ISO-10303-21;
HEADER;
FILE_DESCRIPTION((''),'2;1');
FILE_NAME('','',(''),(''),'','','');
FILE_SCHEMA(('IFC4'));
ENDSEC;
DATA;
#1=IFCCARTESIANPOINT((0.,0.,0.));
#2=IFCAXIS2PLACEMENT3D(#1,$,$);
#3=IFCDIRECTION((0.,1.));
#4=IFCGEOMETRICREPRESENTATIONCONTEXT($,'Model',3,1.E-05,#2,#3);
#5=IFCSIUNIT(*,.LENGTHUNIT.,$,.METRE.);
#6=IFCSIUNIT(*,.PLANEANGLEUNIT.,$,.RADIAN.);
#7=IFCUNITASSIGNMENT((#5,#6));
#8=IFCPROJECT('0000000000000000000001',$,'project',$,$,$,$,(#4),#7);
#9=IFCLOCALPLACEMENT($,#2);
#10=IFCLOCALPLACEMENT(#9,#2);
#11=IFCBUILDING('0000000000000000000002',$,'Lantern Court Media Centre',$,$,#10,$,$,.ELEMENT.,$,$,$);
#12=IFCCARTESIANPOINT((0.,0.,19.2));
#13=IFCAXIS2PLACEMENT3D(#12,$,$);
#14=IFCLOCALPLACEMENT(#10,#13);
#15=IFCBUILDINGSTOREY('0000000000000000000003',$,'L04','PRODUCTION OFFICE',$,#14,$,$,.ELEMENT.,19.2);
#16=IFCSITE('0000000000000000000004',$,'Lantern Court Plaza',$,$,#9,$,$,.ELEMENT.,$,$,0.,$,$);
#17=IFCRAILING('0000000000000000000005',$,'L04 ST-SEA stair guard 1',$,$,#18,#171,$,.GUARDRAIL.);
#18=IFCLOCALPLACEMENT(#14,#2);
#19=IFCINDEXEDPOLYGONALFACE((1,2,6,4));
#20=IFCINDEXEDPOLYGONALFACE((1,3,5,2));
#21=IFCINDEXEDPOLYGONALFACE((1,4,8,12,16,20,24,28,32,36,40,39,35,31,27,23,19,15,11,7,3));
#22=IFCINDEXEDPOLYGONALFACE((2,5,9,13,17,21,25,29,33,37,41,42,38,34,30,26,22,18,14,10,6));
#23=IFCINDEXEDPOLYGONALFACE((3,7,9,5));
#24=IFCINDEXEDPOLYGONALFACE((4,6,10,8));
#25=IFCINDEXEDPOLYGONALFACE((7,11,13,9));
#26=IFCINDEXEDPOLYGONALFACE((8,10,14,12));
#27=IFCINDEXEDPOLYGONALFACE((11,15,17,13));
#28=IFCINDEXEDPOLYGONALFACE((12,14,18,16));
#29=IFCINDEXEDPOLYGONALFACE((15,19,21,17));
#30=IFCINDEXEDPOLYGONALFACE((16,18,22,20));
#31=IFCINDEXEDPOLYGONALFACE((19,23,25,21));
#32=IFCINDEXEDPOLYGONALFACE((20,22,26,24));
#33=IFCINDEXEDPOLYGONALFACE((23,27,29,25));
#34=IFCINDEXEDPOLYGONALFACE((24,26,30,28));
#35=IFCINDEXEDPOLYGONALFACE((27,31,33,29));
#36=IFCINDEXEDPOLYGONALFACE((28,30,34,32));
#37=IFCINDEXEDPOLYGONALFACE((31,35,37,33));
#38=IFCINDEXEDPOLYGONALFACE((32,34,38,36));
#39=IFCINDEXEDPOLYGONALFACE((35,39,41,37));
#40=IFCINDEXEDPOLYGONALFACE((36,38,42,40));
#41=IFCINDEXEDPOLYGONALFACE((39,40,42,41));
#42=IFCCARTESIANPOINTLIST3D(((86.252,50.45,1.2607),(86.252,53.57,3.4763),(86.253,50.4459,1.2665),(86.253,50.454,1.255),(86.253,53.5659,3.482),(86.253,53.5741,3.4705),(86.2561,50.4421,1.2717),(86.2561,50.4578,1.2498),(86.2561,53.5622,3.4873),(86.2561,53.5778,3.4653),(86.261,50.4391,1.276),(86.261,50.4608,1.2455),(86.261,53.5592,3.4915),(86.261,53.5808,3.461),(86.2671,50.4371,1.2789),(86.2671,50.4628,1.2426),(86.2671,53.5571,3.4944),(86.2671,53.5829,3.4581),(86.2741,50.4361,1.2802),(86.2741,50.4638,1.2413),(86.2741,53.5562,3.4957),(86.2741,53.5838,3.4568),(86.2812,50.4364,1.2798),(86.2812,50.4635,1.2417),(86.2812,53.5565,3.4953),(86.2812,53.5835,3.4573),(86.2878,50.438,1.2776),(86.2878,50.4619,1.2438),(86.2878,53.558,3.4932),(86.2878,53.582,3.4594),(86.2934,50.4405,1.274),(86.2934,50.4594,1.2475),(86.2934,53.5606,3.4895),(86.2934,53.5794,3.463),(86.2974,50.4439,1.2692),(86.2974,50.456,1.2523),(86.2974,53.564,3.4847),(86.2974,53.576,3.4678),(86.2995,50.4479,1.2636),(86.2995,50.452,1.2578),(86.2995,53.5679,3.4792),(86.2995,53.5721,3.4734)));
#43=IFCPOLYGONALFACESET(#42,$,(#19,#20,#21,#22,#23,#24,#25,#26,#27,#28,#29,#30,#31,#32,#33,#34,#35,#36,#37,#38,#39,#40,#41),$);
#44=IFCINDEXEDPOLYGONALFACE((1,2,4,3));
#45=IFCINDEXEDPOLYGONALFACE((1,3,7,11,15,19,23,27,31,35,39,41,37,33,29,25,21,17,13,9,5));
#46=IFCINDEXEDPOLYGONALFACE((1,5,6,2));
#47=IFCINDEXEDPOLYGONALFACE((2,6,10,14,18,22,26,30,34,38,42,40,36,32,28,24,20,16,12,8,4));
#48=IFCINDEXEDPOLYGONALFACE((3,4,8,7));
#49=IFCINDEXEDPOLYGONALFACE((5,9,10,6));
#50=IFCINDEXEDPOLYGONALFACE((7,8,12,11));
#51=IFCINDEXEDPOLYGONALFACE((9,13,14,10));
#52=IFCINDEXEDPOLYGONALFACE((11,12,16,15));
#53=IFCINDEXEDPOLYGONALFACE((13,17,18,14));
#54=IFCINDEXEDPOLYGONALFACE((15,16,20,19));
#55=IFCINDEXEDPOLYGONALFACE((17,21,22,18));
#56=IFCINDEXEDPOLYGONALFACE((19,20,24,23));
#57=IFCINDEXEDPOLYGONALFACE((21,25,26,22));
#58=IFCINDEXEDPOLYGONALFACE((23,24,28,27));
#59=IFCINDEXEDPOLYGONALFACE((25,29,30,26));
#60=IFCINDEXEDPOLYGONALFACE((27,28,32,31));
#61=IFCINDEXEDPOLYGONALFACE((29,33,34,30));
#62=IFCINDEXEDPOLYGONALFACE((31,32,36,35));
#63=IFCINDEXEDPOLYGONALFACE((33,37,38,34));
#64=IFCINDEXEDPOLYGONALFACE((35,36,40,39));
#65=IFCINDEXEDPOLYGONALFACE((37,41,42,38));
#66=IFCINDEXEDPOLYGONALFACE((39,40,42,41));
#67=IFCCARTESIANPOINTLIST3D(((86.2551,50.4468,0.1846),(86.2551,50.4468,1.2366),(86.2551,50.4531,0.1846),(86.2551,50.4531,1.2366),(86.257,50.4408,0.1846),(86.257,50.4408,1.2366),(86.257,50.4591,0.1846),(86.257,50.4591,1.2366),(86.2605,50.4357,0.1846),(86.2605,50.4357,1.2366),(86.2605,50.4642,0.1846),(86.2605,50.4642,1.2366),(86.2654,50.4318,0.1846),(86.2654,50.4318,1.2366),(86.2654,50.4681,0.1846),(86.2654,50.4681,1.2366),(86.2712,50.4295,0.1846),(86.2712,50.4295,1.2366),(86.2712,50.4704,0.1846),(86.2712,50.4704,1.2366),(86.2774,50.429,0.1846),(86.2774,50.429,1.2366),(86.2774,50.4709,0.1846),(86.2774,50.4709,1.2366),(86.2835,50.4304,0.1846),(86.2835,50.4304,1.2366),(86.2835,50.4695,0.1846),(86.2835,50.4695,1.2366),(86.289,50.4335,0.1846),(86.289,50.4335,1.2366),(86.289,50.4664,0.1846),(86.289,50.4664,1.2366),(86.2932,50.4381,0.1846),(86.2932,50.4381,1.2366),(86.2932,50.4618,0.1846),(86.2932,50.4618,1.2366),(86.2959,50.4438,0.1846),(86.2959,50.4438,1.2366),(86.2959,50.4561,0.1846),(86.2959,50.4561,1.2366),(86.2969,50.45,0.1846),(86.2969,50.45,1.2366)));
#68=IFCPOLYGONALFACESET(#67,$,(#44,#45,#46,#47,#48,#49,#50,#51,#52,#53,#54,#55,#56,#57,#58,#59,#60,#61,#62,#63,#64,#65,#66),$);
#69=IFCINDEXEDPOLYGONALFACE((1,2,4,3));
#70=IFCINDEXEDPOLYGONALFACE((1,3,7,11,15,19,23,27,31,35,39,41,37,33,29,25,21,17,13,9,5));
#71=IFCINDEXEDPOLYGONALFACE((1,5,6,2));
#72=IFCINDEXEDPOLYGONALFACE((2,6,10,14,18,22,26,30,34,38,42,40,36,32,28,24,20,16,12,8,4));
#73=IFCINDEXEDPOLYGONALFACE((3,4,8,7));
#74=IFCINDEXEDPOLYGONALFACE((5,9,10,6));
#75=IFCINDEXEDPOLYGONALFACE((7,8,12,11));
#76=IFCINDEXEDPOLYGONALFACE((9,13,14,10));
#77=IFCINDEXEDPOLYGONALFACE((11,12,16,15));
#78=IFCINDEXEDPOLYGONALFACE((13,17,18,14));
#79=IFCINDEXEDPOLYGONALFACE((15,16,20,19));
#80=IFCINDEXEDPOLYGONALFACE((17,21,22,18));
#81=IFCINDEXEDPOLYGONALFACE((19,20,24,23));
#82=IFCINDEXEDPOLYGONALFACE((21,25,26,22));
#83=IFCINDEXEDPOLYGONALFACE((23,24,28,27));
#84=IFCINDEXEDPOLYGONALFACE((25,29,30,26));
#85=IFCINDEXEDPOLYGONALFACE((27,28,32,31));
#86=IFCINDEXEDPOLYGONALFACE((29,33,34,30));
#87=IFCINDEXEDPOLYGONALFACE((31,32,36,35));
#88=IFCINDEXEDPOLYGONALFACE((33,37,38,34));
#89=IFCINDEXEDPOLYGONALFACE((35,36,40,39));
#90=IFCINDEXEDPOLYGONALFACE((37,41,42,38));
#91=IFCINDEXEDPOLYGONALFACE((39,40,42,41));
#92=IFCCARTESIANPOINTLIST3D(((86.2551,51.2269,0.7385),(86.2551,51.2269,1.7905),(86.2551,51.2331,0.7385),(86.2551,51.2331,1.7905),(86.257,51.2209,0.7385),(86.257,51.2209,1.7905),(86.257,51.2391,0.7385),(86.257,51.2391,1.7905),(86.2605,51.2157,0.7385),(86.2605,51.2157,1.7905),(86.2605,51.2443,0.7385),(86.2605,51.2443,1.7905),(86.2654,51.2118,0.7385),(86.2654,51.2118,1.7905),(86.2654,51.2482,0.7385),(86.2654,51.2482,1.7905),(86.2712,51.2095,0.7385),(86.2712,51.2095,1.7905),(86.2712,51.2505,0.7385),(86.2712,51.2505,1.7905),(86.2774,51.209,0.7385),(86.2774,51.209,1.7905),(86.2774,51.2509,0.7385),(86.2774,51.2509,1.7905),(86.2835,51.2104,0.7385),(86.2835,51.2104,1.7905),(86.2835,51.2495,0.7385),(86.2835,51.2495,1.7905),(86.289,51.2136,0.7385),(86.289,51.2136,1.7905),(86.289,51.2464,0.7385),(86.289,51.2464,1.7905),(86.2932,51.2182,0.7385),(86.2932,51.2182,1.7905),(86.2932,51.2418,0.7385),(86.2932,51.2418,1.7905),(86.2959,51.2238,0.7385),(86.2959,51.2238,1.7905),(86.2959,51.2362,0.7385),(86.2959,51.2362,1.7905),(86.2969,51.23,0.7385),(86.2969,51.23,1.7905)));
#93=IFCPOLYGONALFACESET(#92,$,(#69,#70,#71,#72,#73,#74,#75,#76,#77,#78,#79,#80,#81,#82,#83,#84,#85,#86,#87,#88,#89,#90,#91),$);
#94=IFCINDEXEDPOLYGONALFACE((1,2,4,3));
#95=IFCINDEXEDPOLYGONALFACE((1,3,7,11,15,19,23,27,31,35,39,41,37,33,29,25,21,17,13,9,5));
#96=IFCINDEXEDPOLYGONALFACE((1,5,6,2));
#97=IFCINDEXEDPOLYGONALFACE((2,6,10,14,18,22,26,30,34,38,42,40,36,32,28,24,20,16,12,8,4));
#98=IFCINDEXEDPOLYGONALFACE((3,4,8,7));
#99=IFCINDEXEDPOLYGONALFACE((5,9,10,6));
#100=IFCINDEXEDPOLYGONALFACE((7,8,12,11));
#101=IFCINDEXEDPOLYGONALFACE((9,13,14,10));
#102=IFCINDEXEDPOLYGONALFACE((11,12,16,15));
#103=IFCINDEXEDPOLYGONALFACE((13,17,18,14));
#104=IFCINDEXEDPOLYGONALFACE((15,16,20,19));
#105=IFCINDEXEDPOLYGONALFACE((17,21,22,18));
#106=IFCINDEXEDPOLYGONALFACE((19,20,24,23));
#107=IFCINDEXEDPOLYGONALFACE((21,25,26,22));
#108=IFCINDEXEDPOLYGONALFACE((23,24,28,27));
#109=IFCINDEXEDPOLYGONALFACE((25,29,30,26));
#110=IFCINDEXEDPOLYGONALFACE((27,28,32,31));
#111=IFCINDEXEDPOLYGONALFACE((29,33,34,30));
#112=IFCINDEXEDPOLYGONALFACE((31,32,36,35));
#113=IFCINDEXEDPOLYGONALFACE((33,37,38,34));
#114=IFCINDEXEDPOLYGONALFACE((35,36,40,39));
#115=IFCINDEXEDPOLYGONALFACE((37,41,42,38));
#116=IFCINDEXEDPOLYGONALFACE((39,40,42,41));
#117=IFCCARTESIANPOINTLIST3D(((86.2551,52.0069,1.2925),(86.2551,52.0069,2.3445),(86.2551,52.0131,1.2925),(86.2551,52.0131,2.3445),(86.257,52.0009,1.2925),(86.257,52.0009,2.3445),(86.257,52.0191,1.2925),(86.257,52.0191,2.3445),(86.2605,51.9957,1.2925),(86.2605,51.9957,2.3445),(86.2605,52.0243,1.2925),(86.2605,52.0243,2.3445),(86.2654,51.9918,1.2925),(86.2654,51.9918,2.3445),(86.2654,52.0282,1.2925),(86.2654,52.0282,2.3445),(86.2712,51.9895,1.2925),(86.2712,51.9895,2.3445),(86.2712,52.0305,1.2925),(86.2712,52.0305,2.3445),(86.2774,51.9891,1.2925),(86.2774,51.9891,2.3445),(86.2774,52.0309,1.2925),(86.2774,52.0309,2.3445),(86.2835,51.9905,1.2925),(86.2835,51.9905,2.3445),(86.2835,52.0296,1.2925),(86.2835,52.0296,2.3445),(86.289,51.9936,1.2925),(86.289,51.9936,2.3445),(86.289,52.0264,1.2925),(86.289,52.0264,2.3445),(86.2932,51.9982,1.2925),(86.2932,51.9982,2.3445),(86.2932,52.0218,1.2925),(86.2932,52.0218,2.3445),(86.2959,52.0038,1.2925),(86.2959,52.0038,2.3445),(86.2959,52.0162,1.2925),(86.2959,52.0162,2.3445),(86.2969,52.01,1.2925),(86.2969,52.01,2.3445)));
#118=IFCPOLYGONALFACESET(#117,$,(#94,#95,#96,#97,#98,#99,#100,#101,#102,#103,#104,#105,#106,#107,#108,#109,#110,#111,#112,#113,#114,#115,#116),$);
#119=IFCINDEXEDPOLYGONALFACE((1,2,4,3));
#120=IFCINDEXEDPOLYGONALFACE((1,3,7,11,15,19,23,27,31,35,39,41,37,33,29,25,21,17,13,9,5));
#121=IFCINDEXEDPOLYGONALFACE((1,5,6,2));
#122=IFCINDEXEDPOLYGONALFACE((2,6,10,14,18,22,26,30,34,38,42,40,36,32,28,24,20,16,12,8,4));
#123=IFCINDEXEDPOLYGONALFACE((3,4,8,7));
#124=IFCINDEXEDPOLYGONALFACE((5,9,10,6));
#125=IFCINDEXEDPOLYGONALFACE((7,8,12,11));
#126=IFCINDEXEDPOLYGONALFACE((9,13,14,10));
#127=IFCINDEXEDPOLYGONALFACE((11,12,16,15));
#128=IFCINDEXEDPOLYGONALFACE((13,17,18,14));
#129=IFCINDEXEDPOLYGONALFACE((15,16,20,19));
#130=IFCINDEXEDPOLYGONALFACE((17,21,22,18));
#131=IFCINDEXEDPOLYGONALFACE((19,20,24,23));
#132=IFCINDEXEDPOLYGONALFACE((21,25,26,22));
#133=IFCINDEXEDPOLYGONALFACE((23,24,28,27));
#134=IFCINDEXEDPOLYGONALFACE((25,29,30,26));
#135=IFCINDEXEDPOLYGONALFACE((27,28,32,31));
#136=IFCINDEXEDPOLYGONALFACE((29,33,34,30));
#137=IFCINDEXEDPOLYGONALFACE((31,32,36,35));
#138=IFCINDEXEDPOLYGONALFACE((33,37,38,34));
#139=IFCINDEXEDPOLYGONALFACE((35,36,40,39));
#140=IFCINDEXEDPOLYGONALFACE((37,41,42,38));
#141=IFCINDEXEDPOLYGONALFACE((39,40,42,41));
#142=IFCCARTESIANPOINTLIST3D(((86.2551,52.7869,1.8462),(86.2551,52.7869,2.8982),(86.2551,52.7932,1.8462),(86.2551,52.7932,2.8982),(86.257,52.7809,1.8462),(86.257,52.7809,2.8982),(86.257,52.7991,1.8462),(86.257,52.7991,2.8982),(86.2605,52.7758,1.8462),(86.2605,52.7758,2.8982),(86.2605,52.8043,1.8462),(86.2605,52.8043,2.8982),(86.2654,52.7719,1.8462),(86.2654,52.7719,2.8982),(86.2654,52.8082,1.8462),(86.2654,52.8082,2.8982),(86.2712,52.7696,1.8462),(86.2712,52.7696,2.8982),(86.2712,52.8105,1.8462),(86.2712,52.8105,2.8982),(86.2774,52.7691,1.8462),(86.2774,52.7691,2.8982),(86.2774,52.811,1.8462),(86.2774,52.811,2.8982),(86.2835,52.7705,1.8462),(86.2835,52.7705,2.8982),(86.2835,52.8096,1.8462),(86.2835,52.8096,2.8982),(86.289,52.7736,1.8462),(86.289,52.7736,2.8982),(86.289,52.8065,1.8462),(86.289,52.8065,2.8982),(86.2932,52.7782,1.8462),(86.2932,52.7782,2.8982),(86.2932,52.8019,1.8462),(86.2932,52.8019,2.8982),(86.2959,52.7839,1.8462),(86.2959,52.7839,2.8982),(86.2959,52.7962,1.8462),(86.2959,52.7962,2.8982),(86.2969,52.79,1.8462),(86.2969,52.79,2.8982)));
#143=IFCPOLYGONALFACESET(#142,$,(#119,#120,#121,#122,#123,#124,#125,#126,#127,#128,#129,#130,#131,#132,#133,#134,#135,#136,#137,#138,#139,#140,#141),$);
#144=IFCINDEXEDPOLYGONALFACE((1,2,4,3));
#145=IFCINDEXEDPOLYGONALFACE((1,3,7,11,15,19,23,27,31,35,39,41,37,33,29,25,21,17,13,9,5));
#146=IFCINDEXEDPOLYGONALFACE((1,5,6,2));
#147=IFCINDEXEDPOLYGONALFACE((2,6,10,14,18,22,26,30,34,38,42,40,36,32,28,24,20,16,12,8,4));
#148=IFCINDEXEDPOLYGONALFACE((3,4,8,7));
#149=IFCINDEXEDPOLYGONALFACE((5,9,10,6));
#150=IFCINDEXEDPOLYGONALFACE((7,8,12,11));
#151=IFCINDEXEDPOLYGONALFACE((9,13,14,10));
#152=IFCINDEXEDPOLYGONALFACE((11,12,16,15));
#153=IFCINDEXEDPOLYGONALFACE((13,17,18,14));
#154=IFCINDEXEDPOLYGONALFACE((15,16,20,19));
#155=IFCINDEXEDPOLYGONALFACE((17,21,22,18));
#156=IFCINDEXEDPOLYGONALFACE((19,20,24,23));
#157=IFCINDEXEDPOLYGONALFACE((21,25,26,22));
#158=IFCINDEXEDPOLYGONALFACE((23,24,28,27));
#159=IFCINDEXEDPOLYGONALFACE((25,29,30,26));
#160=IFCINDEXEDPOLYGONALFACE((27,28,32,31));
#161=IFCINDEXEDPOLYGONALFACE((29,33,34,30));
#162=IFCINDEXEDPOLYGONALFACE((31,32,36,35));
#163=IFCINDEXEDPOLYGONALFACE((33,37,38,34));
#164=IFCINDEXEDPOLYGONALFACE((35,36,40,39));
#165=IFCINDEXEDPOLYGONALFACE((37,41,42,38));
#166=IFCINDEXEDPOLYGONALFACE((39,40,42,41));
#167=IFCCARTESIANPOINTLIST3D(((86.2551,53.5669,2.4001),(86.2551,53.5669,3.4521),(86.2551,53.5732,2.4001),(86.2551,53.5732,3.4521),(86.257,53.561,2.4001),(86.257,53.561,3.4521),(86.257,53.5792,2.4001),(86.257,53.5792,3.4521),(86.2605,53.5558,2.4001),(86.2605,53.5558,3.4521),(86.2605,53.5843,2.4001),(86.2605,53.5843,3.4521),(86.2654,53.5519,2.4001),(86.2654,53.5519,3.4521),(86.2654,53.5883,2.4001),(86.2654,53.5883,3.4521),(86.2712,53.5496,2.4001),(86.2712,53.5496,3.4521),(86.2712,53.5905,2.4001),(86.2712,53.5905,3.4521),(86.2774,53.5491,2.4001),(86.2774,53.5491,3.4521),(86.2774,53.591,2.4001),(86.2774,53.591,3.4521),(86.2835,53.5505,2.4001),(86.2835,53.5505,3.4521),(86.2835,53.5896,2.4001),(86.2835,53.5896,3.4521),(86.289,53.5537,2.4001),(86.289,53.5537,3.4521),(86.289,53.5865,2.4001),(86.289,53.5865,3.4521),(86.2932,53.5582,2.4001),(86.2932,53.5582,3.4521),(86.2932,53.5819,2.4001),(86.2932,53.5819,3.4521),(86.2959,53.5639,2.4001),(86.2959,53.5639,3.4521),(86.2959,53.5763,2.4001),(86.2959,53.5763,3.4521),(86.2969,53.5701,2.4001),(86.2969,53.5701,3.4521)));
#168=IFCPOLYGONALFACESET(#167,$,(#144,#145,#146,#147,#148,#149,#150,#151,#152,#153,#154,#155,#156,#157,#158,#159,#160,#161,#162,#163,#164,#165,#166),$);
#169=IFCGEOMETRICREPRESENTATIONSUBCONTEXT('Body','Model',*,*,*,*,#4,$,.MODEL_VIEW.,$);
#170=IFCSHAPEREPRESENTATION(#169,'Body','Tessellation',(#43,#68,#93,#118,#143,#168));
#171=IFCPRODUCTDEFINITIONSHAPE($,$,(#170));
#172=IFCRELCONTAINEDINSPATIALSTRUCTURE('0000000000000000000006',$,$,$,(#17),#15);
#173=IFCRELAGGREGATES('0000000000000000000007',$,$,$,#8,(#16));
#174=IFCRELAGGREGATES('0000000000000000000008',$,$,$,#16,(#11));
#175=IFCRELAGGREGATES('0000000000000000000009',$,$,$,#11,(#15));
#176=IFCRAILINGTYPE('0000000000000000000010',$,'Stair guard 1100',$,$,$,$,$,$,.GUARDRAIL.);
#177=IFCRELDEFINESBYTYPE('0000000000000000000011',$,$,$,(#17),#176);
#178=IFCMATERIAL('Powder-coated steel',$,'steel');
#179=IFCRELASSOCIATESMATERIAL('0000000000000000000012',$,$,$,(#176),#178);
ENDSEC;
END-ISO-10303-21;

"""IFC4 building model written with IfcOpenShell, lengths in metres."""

from ifc_helpers import new_model, si_unit, direction, frame, origin, origin_2d, place, context, subcontext, project, spatial, circle, extrude, material, type_object, element, save


model = new_model("IFC4")

# Units and contexts
model_context = context("Model", 3, precision=1e-05, world=origin(), true_north=direction((0.0, 1.0)))
body_context = subcontext(model_context, "Body", "Model", "MODEL_VIEW")
ifc_project = project(units=[si_unit("LENGTHUNIT", "METRE"), si_unit("PLANEANGLEUNIT", "RADIAN")], contexts=[model_context])

# Site, building, storey
site_placement = place(None, origin())
site = spatial("IfcSite", under=ifc_project, at=site_placement, Name="Lantern Court Plaza", CompositionType="ELEMENT", RefElevation=0.0)
building_placement = place(site_placement, origin())
building = spatial("IfcBuilding", under=site, at=building_placement, Name="Lantern Court Media Centre", CompositionType="ELEMENT")
storey_placement = place(building_placement, frame((0.0, 0.0, 19.2)))
storey = spatial("IfcBuildingStorey", under=building, at=storey_placement, Name="L04", Description="PRODUCTION OFFICE", CompositionType="ELEMENT", Elevation=19.2)

# Shared definitions
ifc_material_1 = material(Name="Powder-coated steel", Category="steel")

# Railing
railing_type_1 = type_object("IfcRailingType", Name="Stair guard 1100", PredefinedType="GUARDRAIL", material=ifc_material_1)
for number, where, name in (
    (1, (86.2759, 50.45, 0.1846), "L04 ST-SEA stair guard 1"),
):
    element("IfcRailing", number, at=place(storey_placement, frame(where)), inside=storey, type_object=railing_type_1, Name=name, PredefinedType="GUARDRAIL", context=body_context, shape_type="SweptSolid", body=[
        extrude(circle(Radius=0.0239, at=origin_2d()), frame((0.0, 0.0, 1.0762), z_axis=(0.0, 0.815347, 0.578973), x_axis=(-1.0, 0.0, 0.0)), (0.0, 0.0, 1.0), 3.8267),
        extrude(circle(Radius=0.021, at=origin_2d()), origin(), (0.0, 0.0, 1.0), 1.052),
        extrude(circle(Radius=0.021, at=origin_2d()), frame((0.0, 0.78, 0.554)), (0.0, 0.0, 1.0), 1.052),
        extrude(circle(Radius=0.021, at=origin_2d()), frame((0.0, 1.5601, 1.1079)), (0.0, 0.0, 1.0), 1.052),
        extrude(circle(Radius=0.021, at=origin_2d()), frame((0.0, 2.3401, 1.6616)), (0.0, 0.0, 1.0), 1.052),
        extrude(circle(Radius=0.021, at=origin_2d()), frame((0.0, 3.1201, 2.2156)), (0.0, 0.0, 1.0), 1.052),
    ])

save(model, "model.ifc")
